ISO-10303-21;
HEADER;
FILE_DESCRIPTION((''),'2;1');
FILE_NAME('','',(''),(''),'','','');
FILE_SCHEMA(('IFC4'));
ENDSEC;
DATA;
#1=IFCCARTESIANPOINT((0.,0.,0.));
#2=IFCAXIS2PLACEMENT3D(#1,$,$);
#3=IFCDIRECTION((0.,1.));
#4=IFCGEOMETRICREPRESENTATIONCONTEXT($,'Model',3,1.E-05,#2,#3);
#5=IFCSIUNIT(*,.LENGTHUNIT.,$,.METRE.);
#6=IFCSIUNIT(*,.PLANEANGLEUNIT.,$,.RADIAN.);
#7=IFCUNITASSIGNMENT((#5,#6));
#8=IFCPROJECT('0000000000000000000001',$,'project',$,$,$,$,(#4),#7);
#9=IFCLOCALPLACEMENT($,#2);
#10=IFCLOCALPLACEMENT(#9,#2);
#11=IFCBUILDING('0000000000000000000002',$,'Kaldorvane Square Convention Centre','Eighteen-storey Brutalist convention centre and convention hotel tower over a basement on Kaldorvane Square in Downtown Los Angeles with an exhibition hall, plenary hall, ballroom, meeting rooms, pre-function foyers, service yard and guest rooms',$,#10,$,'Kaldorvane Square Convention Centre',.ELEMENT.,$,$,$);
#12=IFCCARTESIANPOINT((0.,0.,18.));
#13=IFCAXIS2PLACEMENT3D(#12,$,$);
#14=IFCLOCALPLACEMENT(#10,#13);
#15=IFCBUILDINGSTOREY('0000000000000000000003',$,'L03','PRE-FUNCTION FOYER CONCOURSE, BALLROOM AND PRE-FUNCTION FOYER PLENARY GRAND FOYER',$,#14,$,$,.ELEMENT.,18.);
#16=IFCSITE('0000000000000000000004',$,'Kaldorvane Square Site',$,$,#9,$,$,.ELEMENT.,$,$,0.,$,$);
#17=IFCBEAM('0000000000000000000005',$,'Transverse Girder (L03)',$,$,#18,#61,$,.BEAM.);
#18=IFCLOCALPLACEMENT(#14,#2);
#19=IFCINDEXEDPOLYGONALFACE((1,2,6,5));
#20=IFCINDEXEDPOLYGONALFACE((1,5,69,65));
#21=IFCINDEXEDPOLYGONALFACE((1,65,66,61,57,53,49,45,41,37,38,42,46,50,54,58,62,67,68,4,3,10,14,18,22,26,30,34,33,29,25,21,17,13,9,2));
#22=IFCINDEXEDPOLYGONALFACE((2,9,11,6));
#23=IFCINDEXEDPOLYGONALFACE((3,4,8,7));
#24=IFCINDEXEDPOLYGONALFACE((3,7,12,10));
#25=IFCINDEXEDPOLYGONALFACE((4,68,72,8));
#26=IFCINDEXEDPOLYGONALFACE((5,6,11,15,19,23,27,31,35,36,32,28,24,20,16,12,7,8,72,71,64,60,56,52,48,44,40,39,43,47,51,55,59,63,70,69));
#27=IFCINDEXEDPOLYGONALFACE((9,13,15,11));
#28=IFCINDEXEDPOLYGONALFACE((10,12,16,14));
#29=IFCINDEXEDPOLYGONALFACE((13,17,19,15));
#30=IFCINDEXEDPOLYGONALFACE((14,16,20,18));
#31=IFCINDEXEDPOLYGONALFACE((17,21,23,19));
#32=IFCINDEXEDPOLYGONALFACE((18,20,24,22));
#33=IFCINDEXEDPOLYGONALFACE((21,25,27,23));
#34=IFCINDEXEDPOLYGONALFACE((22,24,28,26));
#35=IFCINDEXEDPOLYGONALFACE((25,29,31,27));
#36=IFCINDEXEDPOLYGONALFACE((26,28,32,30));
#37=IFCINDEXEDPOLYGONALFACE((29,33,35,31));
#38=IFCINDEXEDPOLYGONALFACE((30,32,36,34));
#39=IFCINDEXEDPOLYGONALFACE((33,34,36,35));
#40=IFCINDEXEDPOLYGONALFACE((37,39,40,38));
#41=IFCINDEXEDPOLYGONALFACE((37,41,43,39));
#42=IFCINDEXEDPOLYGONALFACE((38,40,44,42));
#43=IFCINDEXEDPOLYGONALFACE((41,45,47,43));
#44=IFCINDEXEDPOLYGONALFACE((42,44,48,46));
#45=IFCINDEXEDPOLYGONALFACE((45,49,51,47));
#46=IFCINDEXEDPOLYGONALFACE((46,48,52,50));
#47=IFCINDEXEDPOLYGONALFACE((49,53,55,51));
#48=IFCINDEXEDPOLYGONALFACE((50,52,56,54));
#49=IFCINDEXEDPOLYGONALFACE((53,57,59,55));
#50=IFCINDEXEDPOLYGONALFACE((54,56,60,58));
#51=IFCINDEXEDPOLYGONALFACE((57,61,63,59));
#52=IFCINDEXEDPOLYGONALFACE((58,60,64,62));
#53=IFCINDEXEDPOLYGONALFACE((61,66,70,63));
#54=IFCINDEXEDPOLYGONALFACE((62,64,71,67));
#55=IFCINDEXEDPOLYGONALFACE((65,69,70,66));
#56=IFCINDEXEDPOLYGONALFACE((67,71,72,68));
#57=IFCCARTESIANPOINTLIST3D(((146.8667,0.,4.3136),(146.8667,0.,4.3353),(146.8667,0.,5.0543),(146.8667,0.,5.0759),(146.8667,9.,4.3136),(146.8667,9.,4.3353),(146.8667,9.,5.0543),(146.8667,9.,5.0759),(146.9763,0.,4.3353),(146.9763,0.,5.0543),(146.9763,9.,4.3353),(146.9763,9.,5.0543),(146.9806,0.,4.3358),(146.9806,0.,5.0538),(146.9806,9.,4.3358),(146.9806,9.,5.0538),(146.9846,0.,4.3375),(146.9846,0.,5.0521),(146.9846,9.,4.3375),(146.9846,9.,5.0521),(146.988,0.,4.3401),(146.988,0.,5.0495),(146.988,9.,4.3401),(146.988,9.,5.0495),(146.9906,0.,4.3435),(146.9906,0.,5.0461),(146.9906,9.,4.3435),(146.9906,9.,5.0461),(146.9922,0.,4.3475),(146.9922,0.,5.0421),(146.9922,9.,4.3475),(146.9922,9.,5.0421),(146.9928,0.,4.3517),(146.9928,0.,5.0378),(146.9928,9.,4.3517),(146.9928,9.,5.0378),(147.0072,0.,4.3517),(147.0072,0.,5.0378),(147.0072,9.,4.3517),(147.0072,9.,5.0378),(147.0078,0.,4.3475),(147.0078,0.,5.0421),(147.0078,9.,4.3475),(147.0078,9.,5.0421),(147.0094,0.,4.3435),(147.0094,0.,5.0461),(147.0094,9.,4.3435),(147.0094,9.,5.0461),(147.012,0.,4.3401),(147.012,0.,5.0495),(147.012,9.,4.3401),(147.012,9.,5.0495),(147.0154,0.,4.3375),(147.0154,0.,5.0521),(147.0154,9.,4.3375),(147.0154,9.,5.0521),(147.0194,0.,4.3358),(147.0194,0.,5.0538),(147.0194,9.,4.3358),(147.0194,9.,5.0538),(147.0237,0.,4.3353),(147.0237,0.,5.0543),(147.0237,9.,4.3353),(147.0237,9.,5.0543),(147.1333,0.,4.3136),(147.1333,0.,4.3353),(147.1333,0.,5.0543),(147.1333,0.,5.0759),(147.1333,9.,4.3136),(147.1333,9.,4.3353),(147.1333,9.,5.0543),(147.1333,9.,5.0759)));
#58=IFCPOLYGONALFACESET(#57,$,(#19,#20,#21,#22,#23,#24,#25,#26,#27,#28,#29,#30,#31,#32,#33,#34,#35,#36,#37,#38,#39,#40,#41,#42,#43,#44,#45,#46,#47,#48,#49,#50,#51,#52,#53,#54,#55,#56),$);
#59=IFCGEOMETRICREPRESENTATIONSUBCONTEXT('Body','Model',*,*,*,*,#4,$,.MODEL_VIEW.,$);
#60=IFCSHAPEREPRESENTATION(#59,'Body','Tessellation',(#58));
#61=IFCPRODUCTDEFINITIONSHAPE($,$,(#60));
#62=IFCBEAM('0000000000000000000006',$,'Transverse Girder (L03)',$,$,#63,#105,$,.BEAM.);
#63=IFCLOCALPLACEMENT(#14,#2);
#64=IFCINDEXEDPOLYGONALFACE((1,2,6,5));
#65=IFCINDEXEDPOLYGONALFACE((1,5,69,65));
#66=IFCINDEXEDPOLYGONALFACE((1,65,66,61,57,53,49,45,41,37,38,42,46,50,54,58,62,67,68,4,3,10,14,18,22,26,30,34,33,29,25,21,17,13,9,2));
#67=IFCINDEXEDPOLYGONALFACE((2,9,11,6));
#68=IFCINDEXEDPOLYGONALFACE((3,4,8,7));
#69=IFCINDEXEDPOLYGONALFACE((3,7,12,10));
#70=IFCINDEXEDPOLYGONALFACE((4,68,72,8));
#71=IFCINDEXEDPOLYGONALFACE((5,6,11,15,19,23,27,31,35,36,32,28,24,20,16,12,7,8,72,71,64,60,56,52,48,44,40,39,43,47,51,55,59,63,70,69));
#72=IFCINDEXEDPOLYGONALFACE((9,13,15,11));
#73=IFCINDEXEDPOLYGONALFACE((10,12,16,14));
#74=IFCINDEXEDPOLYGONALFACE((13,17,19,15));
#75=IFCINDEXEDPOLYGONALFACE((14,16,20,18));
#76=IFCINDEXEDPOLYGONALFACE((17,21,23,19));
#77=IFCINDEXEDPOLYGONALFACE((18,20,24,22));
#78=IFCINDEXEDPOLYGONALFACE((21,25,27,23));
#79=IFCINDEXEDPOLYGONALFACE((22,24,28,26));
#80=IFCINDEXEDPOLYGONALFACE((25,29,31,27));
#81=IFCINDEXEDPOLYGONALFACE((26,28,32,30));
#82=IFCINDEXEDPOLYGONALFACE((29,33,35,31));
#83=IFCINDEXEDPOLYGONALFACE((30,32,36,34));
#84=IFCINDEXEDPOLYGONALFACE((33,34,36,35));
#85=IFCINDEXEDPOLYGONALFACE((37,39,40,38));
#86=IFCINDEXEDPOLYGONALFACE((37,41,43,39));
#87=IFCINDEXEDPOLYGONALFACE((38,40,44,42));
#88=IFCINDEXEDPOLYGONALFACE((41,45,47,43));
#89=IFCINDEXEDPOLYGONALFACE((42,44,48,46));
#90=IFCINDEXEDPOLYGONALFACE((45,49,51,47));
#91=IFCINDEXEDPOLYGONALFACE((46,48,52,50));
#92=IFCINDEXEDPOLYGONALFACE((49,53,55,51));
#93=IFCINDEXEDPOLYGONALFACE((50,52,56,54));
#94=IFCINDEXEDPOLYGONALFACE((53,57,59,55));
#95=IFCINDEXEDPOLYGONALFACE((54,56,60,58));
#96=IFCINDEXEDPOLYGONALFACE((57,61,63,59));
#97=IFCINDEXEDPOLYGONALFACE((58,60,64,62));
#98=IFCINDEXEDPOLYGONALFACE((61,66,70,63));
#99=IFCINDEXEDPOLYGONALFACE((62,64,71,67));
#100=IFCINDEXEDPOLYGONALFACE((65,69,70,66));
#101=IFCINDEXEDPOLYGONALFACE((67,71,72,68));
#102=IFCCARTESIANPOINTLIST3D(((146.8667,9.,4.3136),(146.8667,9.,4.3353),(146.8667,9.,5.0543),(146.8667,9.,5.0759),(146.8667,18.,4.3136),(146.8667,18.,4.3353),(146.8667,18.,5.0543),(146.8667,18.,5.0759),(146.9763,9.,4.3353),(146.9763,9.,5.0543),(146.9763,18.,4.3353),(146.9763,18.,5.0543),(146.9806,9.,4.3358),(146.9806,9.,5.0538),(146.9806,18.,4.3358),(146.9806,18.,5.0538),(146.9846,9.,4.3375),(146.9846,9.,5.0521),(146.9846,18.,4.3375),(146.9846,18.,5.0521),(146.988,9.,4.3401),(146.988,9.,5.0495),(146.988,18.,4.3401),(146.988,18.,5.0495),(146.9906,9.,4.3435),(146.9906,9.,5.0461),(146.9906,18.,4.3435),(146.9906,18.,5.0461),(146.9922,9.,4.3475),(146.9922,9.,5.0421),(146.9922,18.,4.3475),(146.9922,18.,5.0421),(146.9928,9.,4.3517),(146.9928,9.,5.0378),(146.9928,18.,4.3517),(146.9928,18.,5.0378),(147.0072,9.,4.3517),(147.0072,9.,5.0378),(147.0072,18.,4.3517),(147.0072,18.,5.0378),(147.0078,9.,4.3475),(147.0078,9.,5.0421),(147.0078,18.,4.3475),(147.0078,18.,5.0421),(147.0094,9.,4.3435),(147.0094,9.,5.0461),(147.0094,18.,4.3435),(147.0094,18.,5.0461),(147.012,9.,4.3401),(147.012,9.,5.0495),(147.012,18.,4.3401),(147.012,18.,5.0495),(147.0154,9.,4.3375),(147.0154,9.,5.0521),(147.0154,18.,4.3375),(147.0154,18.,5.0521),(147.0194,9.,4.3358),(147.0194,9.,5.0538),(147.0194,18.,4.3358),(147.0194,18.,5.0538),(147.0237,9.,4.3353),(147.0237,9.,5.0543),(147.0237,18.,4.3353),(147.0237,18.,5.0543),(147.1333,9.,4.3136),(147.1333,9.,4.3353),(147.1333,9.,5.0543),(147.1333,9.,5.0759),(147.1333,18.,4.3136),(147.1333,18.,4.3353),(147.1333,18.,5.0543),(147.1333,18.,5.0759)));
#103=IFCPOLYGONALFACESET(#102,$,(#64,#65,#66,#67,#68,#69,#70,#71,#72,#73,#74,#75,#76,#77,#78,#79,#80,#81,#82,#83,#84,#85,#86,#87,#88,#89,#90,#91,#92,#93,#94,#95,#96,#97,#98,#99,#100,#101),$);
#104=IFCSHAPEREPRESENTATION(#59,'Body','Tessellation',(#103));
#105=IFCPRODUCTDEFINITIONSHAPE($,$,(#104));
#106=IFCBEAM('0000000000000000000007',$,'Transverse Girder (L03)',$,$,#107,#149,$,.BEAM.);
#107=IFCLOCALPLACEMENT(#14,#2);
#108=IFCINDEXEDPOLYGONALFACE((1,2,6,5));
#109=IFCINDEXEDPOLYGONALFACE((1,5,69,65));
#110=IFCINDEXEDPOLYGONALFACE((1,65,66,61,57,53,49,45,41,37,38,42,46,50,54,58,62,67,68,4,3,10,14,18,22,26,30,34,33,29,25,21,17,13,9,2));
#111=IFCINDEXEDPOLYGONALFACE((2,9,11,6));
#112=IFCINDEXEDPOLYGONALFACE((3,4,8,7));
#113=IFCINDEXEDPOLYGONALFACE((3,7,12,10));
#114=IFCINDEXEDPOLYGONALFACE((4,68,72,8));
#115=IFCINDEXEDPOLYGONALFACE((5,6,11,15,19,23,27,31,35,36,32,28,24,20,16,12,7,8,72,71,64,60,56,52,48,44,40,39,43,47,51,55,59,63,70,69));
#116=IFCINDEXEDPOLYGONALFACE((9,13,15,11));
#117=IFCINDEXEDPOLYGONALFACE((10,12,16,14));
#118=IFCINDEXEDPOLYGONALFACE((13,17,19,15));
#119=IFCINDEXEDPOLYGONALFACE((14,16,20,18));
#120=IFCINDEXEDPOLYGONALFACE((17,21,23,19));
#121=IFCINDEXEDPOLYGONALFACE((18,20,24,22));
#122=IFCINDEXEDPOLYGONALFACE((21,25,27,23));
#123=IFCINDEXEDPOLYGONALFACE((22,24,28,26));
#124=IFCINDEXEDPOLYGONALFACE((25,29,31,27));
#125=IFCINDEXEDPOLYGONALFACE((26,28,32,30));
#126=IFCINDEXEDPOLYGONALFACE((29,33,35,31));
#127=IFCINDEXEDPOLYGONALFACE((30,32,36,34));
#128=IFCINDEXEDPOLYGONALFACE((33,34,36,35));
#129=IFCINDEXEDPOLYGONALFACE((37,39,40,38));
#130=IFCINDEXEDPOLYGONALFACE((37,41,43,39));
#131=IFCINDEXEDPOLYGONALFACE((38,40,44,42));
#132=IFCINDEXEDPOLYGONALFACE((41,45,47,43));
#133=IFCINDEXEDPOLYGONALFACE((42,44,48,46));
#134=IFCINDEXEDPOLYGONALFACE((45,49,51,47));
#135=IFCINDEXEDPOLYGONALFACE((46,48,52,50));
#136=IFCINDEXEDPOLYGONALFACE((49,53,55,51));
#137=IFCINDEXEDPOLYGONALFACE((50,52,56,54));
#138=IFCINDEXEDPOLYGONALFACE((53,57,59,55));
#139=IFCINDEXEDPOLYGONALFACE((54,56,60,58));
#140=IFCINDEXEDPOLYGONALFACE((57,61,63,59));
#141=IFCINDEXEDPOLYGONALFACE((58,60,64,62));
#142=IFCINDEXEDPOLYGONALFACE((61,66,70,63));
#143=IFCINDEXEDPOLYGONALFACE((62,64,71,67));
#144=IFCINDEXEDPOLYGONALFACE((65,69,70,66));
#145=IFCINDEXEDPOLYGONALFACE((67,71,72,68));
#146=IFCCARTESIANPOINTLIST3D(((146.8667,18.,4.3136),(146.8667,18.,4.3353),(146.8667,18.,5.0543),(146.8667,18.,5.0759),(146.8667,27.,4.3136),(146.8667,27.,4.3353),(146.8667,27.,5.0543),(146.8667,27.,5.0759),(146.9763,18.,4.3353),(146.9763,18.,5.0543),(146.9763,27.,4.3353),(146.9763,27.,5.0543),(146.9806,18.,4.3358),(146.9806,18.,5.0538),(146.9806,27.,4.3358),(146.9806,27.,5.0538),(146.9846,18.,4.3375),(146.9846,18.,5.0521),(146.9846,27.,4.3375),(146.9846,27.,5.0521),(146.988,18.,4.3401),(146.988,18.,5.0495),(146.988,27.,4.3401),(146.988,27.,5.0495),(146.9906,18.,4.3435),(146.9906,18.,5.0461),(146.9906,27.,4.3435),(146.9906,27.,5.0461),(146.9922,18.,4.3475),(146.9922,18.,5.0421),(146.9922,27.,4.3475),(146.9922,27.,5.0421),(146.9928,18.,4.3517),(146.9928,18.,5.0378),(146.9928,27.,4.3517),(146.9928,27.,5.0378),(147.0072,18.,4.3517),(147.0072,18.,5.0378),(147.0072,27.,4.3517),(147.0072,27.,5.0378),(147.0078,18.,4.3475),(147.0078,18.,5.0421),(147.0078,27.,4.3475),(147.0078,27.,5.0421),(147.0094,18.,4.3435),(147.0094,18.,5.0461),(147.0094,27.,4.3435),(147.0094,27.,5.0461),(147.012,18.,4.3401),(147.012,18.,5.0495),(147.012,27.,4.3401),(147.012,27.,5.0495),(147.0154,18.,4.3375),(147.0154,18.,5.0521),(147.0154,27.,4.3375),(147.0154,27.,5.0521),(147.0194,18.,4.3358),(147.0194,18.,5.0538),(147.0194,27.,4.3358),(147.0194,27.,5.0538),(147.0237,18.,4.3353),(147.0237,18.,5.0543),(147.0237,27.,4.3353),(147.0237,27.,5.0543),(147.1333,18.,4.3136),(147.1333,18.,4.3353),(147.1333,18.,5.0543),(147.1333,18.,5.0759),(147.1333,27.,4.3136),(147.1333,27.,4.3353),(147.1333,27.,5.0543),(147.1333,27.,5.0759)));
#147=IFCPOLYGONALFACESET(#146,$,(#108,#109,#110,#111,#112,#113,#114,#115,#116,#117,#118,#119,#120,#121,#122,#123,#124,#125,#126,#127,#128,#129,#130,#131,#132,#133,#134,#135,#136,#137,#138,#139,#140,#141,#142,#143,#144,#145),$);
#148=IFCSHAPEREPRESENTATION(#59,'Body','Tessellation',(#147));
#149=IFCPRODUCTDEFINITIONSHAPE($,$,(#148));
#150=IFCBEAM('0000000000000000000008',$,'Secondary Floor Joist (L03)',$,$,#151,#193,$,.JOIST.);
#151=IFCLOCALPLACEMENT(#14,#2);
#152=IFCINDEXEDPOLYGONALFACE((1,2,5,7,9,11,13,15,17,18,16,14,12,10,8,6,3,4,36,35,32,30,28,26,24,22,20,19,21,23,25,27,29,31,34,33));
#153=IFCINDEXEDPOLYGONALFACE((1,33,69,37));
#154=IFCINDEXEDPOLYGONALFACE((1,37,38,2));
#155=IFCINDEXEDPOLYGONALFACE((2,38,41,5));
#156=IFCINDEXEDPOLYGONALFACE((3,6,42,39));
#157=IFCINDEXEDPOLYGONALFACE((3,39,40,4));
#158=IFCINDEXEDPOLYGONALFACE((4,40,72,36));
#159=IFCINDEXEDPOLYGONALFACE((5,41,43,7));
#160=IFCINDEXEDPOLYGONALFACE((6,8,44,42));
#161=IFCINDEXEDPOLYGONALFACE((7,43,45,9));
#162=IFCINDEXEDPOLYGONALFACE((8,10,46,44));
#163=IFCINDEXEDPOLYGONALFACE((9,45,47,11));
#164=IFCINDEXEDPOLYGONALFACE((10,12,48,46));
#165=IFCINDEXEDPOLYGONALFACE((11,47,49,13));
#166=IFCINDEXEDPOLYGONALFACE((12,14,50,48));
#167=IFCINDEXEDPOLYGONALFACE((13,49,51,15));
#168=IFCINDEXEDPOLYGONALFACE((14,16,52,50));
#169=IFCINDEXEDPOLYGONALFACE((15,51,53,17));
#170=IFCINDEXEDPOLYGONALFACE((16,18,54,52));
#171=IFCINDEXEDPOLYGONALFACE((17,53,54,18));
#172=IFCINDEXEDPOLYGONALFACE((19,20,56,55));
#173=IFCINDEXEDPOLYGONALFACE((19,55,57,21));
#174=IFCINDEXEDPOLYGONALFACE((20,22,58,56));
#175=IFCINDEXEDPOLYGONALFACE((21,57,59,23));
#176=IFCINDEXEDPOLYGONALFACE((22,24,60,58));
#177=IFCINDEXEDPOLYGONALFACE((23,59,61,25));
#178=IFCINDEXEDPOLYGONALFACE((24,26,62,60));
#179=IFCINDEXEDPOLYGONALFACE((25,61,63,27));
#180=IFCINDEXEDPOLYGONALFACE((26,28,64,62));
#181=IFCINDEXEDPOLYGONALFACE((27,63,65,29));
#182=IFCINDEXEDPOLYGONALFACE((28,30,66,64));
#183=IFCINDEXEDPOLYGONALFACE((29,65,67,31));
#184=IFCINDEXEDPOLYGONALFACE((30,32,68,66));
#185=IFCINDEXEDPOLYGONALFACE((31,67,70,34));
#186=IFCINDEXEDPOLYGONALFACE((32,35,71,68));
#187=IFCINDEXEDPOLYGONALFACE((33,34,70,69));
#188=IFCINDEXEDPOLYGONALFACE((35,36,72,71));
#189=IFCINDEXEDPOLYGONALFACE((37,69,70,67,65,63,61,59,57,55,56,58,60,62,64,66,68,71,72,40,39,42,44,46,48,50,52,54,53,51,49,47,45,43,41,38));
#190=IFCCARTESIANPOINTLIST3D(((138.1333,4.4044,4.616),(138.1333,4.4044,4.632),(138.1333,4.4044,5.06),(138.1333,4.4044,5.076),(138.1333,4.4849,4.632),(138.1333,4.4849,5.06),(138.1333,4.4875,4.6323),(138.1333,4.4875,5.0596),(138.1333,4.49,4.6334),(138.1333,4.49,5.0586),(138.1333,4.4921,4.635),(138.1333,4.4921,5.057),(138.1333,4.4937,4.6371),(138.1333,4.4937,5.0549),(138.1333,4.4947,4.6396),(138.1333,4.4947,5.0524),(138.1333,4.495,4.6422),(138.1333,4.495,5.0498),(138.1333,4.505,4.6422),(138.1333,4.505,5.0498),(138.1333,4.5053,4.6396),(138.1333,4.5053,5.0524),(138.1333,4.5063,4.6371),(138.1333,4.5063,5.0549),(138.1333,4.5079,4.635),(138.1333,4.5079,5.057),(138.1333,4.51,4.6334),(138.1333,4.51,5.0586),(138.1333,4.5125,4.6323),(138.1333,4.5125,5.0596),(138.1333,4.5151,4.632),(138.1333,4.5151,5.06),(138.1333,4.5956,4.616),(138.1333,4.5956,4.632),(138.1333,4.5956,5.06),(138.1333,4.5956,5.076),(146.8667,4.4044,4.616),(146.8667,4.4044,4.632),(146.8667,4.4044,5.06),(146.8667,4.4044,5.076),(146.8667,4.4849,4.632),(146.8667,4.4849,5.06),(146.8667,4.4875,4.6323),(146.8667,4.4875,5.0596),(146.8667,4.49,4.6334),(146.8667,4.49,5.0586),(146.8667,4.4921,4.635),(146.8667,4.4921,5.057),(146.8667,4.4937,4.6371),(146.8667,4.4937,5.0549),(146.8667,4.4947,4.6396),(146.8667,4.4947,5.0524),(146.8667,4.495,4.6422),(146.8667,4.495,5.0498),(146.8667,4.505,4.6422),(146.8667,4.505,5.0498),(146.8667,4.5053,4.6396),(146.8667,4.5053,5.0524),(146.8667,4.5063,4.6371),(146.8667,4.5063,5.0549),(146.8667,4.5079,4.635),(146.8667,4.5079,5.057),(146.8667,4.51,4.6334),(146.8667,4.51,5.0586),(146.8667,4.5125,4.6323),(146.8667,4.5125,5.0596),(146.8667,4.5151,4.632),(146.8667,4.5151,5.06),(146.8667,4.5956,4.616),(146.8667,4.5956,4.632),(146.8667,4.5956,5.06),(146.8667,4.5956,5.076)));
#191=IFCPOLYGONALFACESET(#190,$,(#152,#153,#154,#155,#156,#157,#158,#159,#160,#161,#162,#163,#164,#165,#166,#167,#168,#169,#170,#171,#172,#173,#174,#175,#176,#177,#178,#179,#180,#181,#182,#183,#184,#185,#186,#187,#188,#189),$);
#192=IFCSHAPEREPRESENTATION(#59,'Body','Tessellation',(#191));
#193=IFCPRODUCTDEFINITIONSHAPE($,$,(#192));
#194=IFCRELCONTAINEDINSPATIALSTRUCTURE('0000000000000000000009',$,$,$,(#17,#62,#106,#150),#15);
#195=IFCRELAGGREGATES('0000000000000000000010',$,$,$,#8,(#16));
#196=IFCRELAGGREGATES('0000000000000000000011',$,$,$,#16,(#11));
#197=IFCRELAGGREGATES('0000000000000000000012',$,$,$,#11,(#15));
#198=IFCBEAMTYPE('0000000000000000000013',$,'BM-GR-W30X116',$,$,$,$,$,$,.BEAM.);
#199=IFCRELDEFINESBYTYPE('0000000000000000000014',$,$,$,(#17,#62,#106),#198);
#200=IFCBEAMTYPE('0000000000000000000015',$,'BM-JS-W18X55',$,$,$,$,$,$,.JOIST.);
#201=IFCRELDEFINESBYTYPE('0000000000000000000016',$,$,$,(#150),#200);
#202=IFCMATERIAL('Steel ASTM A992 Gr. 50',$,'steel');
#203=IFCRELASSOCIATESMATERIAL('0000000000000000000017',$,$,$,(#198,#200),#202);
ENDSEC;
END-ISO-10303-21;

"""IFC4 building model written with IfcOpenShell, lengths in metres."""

from ifc_helpers import new_model, si_unit, direction, frame, origin, origin_2d, place, context, subcontext, project, spatial, i_section, extrude, material, material_profile, profile_set, type_object, element, save


model = new_model("IFC4")

# Units and contexts
model_context = context("Model", 3, precision=1e-05, world=origin(), true_north=direction((0.0, 1.0)))
body_context = subcontext(model_context, "Body", "Model", "MODEL_VIEW")
ifc_project = project(units=[si_unit("LENGTHUNIT", "METRE"), si_unit("PLANEANGLEUNIT", "RADIAN")], contexts=[model_context])

# Site, building, storey
site_placement = place(None, origin())
site = spatial("IfcSite", under=ifc_project, at=site_placement, Name="Kaldorvane Square Site", CompositionType="ELEMENT", RefElevation=0.0)
building_placement = place(site_placement, origin())
building = spatial("IfcBuilding", under=site, at=building_placement, Name="Kaldorvane Square Convention Centre", Description="Eighteen-storey Brutalist convention centre and convention hotel tower over a basement on Kaldorvane Square in Downtown Los Angeles with an exhibition hall, plenary hall, ballroom, meeting rooms, pre-function foyers, service yard and guest rooms", LongName="Kaldorvane Square Convention Centre", CompositionType="ELEMENT")
storey_placement = place(building_placement, frame((0.0, 0.0, 18.0)))
storey = spatial("IfcBuildingStorey", under=building, at=storey_placement, Name="L03", Description="PRE-FUNCTION FOYER CONCOURSE, BALLROOM AND PRE-FUNCTION FOYER PLENARY GRAND FOYER", CompositionType="ELEMENT", Elevation=18.0)

# Shared definitions
ifc_material_1 = material(Name="Steel ASTM A992 Gr. 50", Category="steel")

# Beams
ifc_material_profile_1 = material_profile(ifc_material_1, i_section(OverallWidth=0.2666, OverallDepth=0.7623, WebThickness=0.0144, FlangeThickness=0.0216, FilletRadius=0.0165, at=origin_2d()), Name="W30X116")
ifc_profile_set_1 = profile_set([ifc_material_profile_1], Name="Steel ASTM A992 Gr. 50")
beam_type_1 = type_object("IfcBeamType", Name="BM-GR-W30X116", PredefinedType="BEAM", material=ifc_profile_set_1)
for number, where, z_axis, x_axis, name in (
    (1, (147.0, 0.0, 4.6948), (0.0, 1.0, 0.0), (-1.0, 0.0, 0.0), "Transverse Girder (L03)"),
    (2, (147.0, 9.0, 4.6948), (0.0, 1.0, 0.0), (-1.0, 0.0, 0.0), "Transverse Girder (L03)"),
    (3, (147.0, 18.0, 4.6948), (0.0, 1.0, 0.0), (-1.0, 0.0, 0.0), "Transverse Girder (L03)"),
):
    element("IfcBeam", number, at=place(storey_placement, frame(where, z_axis=z_axis, x_axis=x_axis)), inside=storey, type_object=beam_type_1, Name=name, PredefinedType="BEAM", context=body_context, shape_type="SweptSolid", body=[
        extrude(i_section(OverallWidth=0.2666, OverallDepth=0.7623, WebThickness=0.0144, FlangeThickness=0.0216, FilletRadius=0.0165, at=origin_2d()), origin(), (0.0, 0.0, 1.0), 9.0),
    ])
ifc_material_profile_2 = material_profile(ifc_material_1, i_section(OverallWidth=0.1913, OverallDepth=0.46, WebThickness=0.0099, FlangeThickness=0.016, FilletRadius=0.0102, at=origin_2d()), Name="W18X55")
ifc_profile_set_2 = profile_set([ifc_material_profile_2], Name="Steel ASTM A992 Gr. 50")
beam_type_2 = type_object("IfcBeamType", Name="BM-JS-W18X55", PredefinedType="JOIST", material=ifc_profile_set_2)
for number, where, z_axis, x_axis, name in (
    (4, (138.1333, 4.5, 4.846), (1.0, 0.0, 0.0), (0.0, 1.0, 0.0), "Secondary Floor Joist (L03)"),
):
    element("IfcBeam", number, at=place(storey_placement, frame(where, z_axis=z_axis, x_axis=x_axis)), inside=storey, type_object=beam_type_2, Name=name, PredefinedType="JOIST", context=body_context, shape_type="SweptSolid", body=[
        extrude(i_section(OverallWidth=0.1913, OverallDepth=0.46, WebThickness=0.0099, FlangeThickness=0.016, FilletRadius=0.0102, at=origin_2d()), origin(), (0.0, 0.0, 1.0), 8.7334),
    ])

save(model, "model.ifc")
